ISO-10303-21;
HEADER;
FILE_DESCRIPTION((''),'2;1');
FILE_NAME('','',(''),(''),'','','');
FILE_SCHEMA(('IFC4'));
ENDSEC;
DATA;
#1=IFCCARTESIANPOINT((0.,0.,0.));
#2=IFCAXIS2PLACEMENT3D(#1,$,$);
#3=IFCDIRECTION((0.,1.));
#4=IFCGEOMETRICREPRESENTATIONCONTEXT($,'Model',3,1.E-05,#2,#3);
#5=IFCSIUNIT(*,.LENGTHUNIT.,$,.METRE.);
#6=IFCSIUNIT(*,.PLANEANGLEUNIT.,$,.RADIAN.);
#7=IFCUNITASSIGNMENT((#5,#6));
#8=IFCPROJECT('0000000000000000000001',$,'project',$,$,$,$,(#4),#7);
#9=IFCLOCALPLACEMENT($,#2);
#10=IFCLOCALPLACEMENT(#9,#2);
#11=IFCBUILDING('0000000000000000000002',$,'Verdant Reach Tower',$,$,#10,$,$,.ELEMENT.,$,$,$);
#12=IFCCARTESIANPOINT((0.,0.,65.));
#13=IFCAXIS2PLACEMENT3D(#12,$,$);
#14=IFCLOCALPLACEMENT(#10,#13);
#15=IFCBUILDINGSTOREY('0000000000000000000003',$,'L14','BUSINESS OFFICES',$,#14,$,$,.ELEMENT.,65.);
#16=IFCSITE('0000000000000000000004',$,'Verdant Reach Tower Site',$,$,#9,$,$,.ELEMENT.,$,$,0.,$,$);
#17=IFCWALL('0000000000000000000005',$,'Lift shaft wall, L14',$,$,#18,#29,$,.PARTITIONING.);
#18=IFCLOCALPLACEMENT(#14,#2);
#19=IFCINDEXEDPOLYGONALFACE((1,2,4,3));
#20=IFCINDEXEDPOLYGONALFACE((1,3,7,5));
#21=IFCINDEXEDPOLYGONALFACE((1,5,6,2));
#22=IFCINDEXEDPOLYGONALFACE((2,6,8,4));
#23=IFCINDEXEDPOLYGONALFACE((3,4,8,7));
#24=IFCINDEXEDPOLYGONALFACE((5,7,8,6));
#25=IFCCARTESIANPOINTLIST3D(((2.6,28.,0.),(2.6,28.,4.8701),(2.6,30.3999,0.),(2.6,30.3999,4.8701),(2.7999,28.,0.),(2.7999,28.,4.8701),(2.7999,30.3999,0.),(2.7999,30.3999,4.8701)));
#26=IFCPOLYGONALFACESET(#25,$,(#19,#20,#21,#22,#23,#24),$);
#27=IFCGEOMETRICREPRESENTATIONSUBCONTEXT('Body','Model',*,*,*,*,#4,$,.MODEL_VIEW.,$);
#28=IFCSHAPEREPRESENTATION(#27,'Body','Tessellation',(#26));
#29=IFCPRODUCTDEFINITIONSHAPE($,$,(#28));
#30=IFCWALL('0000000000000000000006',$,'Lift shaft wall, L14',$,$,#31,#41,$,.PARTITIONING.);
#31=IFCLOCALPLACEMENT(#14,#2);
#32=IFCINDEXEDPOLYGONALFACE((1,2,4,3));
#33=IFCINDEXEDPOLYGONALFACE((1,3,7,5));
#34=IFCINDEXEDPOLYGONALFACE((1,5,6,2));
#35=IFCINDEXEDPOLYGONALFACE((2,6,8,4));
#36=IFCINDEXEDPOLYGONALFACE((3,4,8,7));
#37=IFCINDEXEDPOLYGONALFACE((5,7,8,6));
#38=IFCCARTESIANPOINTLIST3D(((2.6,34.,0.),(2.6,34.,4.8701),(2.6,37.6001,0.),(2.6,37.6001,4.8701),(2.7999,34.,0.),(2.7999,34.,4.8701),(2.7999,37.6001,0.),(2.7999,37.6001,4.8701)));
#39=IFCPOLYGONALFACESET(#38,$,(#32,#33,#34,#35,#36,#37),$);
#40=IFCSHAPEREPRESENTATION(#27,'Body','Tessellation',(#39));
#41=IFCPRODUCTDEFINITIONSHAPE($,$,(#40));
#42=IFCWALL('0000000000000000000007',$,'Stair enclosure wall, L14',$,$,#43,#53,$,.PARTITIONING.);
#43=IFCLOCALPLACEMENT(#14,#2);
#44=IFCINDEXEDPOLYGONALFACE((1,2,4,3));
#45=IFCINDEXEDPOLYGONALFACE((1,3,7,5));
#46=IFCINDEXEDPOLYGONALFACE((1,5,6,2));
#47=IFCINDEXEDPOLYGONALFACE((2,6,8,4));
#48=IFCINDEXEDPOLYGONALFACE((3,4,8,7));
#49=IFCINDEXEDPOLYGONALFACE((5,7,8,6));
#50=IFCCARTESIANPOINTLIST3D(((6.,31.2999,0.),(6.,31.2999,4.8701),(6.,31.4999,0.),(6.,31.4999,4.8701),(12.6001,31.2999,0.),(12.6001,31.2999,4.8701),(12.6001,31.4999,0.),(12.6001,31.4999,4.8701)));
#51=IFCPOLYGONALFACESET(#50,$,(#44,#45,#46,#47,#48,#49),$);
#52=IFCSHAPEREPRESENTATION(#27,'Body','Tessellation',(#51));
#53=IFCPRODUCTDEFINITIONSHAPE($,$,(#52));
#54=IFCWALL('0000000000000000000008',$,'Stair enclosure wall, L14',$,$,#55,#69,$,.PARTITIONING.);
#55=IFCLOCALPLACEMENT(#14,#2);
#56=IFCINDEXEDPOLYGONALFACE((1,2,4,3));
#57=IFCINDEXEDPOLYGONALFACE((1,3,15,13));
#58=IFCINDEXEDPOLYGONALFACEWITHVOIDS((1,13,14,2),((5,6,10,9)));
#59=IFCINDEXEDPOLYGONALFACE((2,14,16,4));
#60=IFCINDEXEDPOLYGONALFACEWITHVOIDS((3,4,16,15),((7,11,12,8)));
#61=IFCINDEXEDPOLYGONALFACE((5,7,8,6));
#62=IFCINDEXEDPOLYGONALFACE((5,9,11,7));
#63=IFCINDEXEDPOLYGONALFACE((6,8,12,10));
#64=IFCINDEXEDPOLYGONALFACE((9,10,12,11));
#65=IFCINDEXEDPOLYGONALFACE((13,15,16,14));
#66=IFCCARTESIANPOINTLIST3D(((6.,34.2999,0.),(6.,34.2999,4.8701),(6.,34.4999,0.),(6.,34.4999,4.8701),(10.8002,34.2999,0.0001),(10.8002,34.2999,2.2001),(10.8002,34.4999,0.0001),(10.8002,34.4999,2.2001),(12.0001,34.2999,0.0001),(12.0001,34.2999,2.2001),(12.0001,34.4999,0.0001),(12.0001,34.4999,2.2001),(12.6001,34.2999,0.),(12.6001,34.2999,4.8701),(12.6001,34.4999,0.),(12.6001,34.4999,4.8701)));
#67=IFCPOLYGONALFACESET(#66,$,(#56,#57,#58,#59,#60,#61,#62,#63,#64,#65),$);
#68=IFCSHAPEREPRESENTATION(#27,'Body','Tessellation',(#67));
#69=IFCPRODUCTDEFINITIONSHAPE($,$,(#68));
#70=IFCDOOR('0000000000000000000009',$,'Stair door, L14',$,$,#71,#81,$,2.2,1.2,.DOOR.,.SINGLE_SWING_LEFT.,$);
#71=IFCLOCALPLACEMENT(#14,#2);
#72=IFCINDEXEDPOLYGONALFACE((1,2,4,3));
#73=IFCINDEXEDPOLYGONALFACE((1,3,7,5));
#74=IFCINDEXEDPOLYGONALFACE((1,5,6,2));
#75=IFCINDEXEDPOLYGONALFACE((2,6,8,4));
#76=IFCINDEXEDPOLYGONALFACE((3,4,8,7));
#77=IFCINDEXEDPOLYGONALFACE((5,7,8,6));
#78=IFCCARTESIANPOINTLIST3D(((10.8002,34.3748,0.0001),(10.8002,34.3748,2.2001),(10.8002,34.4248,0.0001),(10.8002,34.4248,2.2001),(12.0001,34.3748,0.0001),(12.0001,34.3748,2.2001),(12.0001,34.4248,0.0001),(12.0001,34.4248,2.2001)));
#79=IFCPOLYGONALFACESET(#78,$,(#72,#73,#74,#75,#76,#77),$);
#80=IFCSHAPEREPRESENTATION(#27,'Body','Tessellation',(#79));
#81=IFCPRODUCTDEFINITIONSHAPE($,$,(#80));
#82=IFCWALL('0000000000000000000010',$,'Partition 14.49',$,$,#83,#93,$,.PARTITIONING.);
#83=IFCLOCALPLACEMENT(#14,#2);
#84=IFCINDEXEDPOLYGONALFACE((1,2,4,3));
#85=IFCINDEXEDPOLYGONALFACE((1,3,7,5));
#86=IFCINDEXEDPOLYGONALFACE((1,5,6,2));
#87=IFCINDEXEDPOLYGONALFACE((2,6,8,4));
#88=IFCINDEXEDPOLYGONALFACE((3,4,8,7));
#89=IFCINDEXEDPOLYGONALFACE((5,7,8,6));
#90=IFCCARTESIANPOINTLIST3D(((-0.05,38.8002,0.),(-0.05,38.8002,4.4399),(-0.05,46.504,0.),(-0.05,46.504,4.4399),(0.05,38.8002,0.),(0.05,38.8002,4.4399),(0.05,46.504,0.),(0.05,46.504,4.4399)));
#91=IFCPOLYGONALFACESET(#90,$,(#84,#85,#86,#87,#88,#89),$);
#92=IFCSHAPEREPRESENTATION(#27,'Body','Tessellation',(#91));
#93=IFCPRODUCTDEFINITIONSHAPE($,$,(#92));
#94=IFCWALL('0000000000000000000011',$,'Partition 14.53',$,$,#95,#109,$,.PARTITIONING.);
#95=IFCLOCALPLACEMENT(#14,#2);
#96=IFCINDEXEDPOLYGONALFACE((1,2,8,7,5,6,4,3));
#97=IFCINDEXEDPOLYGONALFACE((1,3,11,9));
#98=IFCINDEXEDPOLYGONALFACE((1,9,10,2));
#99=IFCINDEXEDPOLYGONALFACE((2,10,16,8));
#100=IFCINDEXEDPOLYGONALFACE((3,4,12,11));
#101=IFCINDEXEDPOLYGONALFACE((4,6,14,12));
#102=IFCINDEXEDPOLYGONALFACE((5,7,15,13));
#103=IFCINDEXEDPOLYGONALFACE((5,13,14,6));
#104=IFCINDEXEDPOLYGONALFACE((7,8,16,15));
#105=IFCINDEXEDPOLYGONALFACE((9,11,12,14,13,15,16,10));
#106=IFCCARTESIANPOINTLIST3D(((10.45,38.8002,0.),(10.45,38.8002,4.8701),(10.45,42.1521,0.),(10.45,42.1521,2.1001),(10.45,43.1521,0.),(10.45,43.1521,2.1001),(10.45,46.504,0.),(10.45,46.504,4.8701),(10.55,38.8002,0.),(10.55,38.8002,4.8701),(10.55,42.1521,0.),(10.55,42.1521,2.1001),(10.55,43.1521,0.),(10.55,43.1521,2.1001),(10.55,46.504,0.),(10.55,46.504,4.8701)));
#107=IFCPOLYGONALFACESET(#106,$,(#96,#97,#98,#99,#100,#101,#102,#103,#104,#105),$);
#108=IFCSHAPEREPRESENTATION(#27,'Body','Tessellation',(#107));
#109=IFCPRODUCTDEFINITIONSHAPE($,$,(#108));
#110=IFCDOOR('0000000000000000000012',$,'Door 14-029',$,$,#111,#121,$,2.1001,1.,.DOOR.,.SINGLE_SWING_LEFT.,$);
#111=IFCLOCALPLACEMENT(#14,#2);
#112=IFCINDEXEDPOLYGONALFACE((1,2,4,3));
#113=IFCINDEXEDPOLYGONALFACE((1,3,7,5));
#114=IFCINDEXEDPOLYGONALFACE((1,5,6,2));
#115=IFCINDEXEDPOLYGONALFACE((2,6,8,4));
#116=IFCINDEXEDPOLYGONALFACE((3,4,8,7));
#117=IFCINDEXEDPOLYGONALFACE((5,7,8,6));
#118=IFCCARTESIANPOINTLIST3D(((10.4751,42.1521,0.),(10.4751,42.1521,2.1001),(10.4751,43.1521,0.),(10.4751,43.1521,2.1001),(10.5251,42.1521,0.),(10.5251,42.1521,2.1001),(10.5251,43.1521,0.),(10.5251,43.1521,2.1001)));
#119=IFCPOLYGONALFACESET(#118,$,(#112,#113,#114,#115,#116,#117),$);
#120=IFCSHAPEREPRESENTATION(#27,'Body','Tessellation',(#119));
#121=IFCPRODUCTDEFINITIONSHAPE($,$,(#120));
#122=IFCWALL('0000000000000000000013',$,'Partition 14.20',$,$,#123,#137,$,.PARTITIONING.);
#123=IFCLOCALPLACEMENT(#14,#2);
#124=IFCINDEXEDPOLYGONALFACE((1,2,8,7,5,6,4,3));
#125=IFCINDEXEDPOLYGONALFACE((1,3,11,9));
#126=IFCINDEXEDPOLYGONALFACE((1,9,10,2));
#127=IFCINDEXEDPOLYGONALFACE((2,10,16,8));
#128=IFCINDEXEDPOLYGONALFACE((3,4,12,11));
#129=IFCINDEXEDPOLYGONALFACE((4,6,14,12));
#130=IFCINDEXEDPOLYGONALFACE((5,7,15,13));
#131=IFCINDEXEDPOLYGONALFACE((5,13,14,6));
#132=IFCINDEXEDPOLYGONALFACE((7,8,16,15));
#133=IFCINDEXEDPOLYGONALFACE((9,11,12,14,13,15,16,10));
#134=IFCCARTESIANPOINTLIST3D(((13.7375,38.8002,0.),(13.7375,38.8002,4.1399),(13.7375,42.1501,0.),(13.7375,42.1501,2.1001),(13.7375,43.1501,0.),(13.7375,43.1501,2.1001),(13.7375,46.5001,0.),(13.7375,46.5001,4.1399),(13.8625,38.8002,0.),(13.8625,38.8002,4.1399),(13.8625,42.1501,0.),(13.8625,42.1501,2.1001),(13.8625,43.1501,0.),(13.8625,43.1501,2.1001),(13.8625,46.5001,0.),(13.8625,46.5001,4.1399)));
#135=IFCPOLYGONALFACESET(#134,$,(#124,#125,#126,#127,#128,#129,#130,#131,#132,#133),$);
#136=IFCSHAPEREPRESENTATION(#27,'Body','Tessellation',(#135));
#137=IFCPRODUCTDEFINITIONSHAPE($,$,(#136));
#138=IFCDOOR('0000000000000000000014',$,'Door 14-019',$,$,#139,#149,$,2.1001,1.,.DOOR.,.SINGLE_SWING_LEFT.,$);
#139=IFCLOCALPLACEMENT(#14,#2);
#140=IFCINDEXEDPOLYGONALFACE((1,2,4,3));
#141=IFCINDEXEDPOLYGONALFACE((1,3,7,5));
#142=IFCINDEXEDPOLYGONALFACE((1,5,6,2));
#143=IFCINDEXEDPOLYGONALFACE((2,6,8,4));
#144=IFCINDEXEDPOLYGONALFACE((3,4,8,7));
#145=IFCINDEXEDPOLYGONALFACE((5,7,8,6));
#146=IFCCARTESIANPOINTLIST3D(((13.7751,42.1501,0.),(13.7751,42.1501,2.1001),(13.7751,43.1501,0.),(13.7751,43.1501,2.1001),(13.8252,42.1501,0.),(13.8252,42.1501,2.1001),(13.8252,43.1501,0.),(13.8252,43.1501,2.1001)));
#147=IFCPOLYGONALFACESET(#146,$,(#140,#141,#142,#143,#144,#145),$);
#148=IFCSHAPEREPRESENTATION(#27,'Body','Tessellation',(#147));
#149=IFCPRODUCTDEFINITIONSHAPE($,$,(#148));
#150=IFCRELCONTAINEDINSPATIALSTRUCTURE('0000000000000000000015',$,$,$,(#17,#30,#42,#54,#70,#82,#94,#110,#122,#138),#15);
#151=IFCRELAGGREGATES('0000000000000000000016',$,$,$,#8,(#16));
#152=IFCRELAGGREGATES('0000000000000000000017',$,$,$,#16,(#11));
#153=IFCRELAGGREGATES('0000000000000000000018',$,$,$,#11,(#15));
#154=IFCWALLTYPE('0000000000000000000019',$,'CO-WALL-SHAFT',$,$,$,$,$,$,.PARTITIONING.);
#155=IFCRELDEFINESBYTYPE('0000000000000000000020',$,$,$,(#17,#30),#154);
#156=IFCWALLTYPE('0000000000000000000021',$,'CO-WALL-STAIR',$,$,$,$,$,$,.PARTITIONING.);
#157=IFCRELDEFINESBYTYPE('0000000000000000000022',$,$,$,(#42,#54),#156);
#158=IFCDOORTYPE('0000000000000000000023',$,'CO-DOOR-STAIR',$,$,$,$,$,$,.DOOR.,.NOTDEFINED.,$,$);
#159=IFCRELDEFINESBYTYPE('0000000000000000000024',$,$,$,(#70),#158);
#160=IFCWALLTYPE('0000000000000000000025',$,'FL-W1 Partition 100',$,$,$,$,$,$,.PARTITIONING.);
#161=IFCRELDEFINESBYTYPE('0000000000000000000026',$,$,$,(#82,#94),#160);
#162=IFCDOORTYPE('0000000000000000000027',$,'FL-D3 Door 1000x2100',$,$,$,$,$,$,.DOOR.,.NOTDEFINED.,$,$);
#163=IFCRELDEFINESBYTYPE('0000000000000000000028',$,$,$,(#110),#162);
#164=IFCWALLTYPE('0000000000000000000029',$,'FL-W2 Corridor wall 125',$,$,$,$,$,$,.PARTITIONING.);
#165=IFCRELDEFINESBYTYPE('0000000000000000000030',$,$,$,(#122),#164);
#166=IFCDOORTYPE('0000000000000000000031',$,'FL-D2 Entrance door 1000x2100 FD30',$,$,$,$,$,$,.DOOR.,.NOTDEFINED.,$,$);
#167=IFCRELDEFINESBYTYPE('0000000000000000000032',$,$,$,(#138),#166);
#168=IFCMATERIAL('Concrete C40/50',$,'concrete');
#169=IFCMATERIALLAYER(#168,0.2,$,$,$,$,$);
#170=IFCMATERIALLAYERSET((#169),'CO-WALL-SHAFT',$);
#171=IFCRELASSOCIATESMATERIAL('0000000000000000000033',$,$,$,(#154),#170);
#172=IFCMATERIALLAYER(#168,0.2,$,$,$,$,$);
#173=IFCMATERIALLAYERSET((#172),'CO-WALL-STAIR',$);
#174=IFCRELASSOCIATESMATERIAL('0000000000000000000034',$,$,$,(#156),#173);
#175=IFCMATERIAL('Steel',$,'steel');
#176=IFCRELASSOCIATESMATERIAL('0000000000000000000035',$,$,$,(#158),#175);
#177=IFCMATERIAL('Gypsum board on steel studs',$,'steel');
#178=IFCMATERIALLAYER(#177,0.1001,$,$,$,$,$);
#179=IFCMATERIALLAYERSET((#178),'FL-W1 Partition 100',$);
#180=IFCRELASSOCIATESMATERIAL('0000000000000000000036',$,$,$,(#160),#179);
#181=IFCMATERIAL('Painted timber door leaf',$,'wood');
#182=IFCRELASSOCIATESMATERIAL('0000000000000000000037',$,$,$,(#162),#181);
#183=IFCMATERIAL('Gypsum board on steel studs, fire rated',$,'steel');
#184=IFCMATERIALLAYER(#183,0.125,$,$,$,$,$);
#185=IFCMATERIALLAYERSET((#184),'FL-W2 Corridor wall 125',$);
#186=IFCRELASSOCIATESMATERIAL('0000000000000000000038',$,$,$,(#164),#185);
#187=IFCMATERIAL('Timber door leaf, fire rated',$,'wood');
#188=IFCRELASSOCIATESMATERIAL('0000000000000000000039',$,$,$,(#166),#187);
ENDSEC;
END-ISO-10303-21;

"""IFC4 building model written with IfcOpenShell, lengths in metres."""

from ifc_helpers import new_model, si_unit, direction, frame, frame_2d, origin, place, context, subcontext, project, spatial, rectangle, extrude, material, layer, layer_set, type_object, element, fill, save


model = new_model("IFC4")

# Units and contexts
model_context = context("Model", 3, precision=1e-05, world=origin(), true_north=direction((0.0, 1.0)))
body_context = subcontext(model_context, "Body", "Model", "MODEL_VIEW")
ifc_project = project(units=[si_unit("LENGTHUNIT", "METRE"), si_unit("PLANEANGLEUNIT", "RADIAN")], contexts=[model_context])

# Site, building, storey
site_placement = place(None, origin())
site = spatial("IfcSite", under=ifc_project, at=site_placement, Name="Verdant Reach Tower Site", CompositionType="ELEMENT", RefElevation=0.0)
building_placement = place(site_placement, origin())
building = spatial("IfcBuilding", under=site, at=building_placement, Name="Verdant Reach Tower", CompositionType="ELEMENT")
storey_placement = place(building_placement, frame((0.0, 0.0, 65.0)))
storey = spatial("IfcBuildingStorey", under=building, at=storey_placement, Name="L14", Description="BUSINESS OFFICES", CompositionType="ELEMENT", Elevation=65.0)

# Walls
ifc_material_1 = material(Name="Concrete C40/50", Category="concrete")
ifc_layer_1 = layer(ifc_material_1, 0.2)
ifc_layer_set_1 = layer_set([ifc_layer_1], Name="CO-WALL-SHAFT")
wall_type_1 = type_object("IfcWallType", Name="CO-WALL-SHAFT", PredefinedType="PARTITIONING", material=ifc_layer_set_1)
wall_1_placement = place(storey_placement, frame((2.7, 28.0, 0.0), z_axis=(0.0, 0.0, 1.0), x_axis=(0.0, 1.0, 0.0)))
element("IfcWall", 1, at=wall_1_placement, inside=storey, type_object=wall_type_1, Name="Lift shaft wall, L14", PredefinedType="PARTITIONING", context=body_context, shape_type="SweptSolid", body=[
    extrude(rectangle(XDim=2.3999, YDim=0.2, at=frame_2d((1.2, 0.0))), origin(), (0.0, 0.0, 1.0), 4.8701),
])
wall_2_placement = place(storey_placement, frame((2.7, 34.0, 0.0), z_axis=(0.0, 0.0, 1.0), x_axis=(0.0, 1.0, 0.0)))
element("IfcWall", 2, at=wall_2_placement, inside=storey, type_object=wall_type_1, Name="Lift shaft wall, L14", PredefinedType="PARTITIONING", context=body_context, shape_type="SweptSolid", body=[
    extrude(rectangle(XDim=3.6001, YDim=0.2, at=frame_2d((1.8, 0.0))), origin(), (0.0, 0.0, 1.0), 4.8701),
])
ifc_layer_2 = layer(ifc_material_1, 0.2)
ifc_layer_set_2 = layer_set([ifc_layer_2], Name="CO-WALL-STAIR")
wall_type_2 = type_object("IfcWallType", Name="CO-WALL-STAIR", PredefinedType="PARTITIONING", material=ifc_layer_set_2)
wall_3_placement = place(storey_placement, frame((6.0, 31.3999, 0.0), z_axis=(0.0, 0.0, 1.0), x_axis=(1.0, 0.0, 0.0)))
element("IfcWall", 3, at=wall_3_placement, inside=storey, type_object=wall_type_2, Name="Stair enclosure wall, L14", PredefinedType="PARTITIONING", context=body_context, shape_type="SweptSolid", body=[
    extrude(rectangle(XDim=6.6001, YDim=0.2, at=frame_2d((3.3, 0.0))), origin(), (0.0, 0.0, 1.0), 4.8701),
])

# Wall, opening, door
wall_4_placement = place(storey_placement, frame((6.0, 34.3999, 0.0), z_axis=(0.0, 0.0, 1.0), x_axis=(1.0, 0.0, 0.0)))
wall_4 = element("IfcWall", 4, at=wall_4_placement, inside=storey, type_object=wall_type_2, Name="Stair enclosure wall, L14", PredefinedType="PARTITIONING", context=body_context, shape_type="SweptSolid", body=[
    extrude(rectangle(XDim=6.6001, YDim=0.2, at=frame_2d((3.3, 0.0))), origin(), (0.0, 0.0, 1.0), 4.8701),
])
opening_1_placement = place(wall_4_placement, frame((4.8, 0.0, 0.0)))
opening_1 = element("IfcOpeningElement", 5, at=opening_1_placement, cuts=wall_4, PredefinedType="OPENING", context=body_context, shape_type="SweptSolid", body=[
    extrude(rectangle(XDim=1.2, YDim=2.2, at=frame_2d((0.6001, 1.1001))), frame((0.0, 0.1099, 0.0), z_axis=(0.0, -1.0, 0.0), x_axis=(1.0, 0.0, 0.0)), (0.0, 0.0, 1.0), 0.22),
])
ifc_material_2 = material(Name="Steel", Category="steel")
door_type_1 = type_object("IfcDoorType", Name="CO-DOOR-STAIR", OperationType="NOTDEFINED", PredefinedType="DOOR", material=ifc_material_2)
door_1_placement = place(opening_1_placement, origin())
door_1 = element("IfcDoor", 6, at=door_1_placement, inside=storey, type_object=door_type_1, Name="Stair door, L14", OperationType="SINGLE_SWING_LEFT", OverallHeight=2.2, OverallWidth=1.2, PredefinedType="DOOR", context=body_context, shape_type="SweptSolid", body=[
    extrude(rectangle(XDim=1.2, YDim=2.2, at=frame_2d((0.6001, 1.1001))), frame((0.0, 0.0249, 0.0), z_axis=(0.0, -1.0, 0.0), x_axis=(1.0, 0.0, 0.0)), (0.0, 0.0, 1.0), 0.05),
])
fill(opening_1, door_1)

# Wall
ifc_material_3 = material(Name="Gypsum board on steel studs", Category="steel")
ifc_layer_3 = layer(ifc_material_3, 0.1001)
ifc_layer_set_3 = layer_set([ifc_layer_3], Name="FL-W1 Partition 100")
wall_type_3 = type_object("IfcWallType", Name="FL-W1 Partition 100", PredefinedType="PARTITIONING", material=ifc_layer_set_3)
wall_5_placement = place(storey_placement, frame((0.0, 38.8, 0.0), z_axis=(0.0, 0.0, 1.0), x_axis=(0.0, 1.0, 0.0)))
element("IfcWall", 7, at=wall_5_placement, inside=storey, type_object=wall_type_3, Name="Partition 14.49", PredefinedType="PARTITIONING", context=body_context, shape_type="SweptSolid", body=[
    extrude(rectangle(XDim=7.7039, YDim=0.1001, at=frame_2d((3.8521, 0.0))), origin(), (0.0, 0.0, 1.0), 4.4399),
])

# Walls, openings, doors
wall_6_placement = place(storey_placement, frame((10.5, 38.8, 0.0), z_axis=(0.0, 0.0, 1.0), x_axis=(0.0, 1.0, 0.0)))
wall_6 = element("IfcWall", 8, at=wall_6_placement, inside=storey, type_object=wall_type_3, Name="Partition 14.53", PredefinedType="PARTITIONING", context=body_context, shape_type="SweptSolid", body=[
    extrude(rectangle(XDim=7.7039, YDim=0.1001, at=frame_2d((3.8521, 0.0))), origin(), (0.0, 0.0, 1.0), 4.8701),
])
opening_2_placement = place(wall_6_placement, frame((3.3521, 0.0, 0.0)))
opening_2 = element("IfcOpeningElement", 9, at=opening_2_placement, cuts=wall_6, PredefinedType="OPENING", context=body_context, shape_type="SweptSolid", body=[
    extrude(rectangle(XDim=1.0, YDim=2.1001, at=frame_2d((0.5, 1.05))), frame((0.0, 0.0601, 0.0), z_axis=(0.0, -1.0, 0.0), x_axis=(1.0, 0.0, 0.0)), (0.0, 0.0, 1.0), 0.1201),
])
ifc_material_4 = material(Name="Painted timber door leaf", Category="wood")
door_type_2 = type_object("IfcDoorType", Name="FL-D3 Door 1000x2100", OperationType="NOTDEFINED", PredefinedType="DOOR", material=ifc_material_4)
door_2_placement = place(opening_2_placement, origin())
door_2 = element("IfcDoor", 10, at=door_2_placement, inside=storey, type_object=door_type_2, Name="Door 14-029", OperationType="SINGLE_SWING_LEFT", OverallHeight=2.1001, OverallWidth=1.0, PredefinedType="DOOR", context=body_context, shape_type="SweptSolid", body=[
    extrude(rectangle(XDim=1.0, YDim=2.1001, at=frame_2d((0.5, 1.05))), frame((0.0, 0.0249, 0.0), z_axis=(0.0, -1.0, 0.0), x_axis=(1.0, 0.0, 0.0)), (0.0, 0.0, 1.0), 0.05),
])
fill(opening_2, door_2)
ifc_material_5 = material(Name="Gypsum board on steel studs, fire rated", Category="steel")
ifc_layer_4 = layer(ifc_material_5, 0.125)
ifc_layer_set_4 = layer_set([ifc_layer_4], Name="FL-W2 Corridor wall 125")
wall_type_4 = type_object("IfcWallType", Name="FL-W2 Corridor wall 125", PredefinedType="PARTITIONING", material=ifc_layer_set_4)
wall_7_placement = place(storey_placement, frame((13.8, 38.8, 0.0), z_axis=(0.0, 0.0, 1.0), x_axis=(0.0, 1.0, 0.0)))
wall_7 = element("IfcWall", 11, at=wall_7_placement, inside=storey, type_object=wall_type_4, Name="Partition 14.20", PredefinedType="PARTITIONING", context=body_context, shape_type="SweptSolid", body=[
    extrude(rectangle(XDim=7.7, YDim=0.125, at=frame_2d((3.8501, 0.0))), origin(), (0.0, 0.0, 1.0), 4.1399),
])
opening_3_placement = place(wall_7_placement, frame((3.3501, 0.0, 0.0)))
opening_3 = element("IfcOpeningElement", 12, at=opening_3_placement, cuts=wall_7, PredefinedType="OPENING", context=body_context, shape_type="SweptSolid", body=[
    extrude(rectangle(XDim=1.0, YDim=2.1001, at=frame_2d((0.5, 1.05))), frame((0.0, 0.0725, 0.0), z_axis=(0.0, -1.0, 0.0), x_axis=(1.0, 0.0, 0.0)), (0.0, 0.0, 1.0), 0.145),
])
ifc_material_6 = material(Name="Timber door leaf, fire rated", Category="wood")
door_type_3 = type_object("IfcDoorType", Name="FL-D2 Entrance door 1000x2100 FD30", OperationType="NOTDEFINED", PredefinedType="DOOR", material=ifc_material_6)
door_3_placement = place(opening_3_placement, origin())
door_3 = element("IfcDoor", 13, at=door_3_placement, inside=storey, type_object=door_type_3, Name="Door 14-019", OperationType="SINGLE_SWING_LEFT", OverallHeight=2.1001, OverallWidth=1.0, PredefinedType="DOOR", context=body_context, shape_type="SweptSolid", body=[
    extrude(rectangle(XDim=1.0, YDim=2.1001, at=frame_2d((0.5, 1.05))), frame((0.0, 0.0249, 0.0), z_axis=(0.0, -1.0, 0.0), x_axis=(1.0, 0.0, 0.0)), (0.0, 0.0, 1.0), 0.05),
])
fill(opening_3, door_3)

save(model, "model.ifc")
